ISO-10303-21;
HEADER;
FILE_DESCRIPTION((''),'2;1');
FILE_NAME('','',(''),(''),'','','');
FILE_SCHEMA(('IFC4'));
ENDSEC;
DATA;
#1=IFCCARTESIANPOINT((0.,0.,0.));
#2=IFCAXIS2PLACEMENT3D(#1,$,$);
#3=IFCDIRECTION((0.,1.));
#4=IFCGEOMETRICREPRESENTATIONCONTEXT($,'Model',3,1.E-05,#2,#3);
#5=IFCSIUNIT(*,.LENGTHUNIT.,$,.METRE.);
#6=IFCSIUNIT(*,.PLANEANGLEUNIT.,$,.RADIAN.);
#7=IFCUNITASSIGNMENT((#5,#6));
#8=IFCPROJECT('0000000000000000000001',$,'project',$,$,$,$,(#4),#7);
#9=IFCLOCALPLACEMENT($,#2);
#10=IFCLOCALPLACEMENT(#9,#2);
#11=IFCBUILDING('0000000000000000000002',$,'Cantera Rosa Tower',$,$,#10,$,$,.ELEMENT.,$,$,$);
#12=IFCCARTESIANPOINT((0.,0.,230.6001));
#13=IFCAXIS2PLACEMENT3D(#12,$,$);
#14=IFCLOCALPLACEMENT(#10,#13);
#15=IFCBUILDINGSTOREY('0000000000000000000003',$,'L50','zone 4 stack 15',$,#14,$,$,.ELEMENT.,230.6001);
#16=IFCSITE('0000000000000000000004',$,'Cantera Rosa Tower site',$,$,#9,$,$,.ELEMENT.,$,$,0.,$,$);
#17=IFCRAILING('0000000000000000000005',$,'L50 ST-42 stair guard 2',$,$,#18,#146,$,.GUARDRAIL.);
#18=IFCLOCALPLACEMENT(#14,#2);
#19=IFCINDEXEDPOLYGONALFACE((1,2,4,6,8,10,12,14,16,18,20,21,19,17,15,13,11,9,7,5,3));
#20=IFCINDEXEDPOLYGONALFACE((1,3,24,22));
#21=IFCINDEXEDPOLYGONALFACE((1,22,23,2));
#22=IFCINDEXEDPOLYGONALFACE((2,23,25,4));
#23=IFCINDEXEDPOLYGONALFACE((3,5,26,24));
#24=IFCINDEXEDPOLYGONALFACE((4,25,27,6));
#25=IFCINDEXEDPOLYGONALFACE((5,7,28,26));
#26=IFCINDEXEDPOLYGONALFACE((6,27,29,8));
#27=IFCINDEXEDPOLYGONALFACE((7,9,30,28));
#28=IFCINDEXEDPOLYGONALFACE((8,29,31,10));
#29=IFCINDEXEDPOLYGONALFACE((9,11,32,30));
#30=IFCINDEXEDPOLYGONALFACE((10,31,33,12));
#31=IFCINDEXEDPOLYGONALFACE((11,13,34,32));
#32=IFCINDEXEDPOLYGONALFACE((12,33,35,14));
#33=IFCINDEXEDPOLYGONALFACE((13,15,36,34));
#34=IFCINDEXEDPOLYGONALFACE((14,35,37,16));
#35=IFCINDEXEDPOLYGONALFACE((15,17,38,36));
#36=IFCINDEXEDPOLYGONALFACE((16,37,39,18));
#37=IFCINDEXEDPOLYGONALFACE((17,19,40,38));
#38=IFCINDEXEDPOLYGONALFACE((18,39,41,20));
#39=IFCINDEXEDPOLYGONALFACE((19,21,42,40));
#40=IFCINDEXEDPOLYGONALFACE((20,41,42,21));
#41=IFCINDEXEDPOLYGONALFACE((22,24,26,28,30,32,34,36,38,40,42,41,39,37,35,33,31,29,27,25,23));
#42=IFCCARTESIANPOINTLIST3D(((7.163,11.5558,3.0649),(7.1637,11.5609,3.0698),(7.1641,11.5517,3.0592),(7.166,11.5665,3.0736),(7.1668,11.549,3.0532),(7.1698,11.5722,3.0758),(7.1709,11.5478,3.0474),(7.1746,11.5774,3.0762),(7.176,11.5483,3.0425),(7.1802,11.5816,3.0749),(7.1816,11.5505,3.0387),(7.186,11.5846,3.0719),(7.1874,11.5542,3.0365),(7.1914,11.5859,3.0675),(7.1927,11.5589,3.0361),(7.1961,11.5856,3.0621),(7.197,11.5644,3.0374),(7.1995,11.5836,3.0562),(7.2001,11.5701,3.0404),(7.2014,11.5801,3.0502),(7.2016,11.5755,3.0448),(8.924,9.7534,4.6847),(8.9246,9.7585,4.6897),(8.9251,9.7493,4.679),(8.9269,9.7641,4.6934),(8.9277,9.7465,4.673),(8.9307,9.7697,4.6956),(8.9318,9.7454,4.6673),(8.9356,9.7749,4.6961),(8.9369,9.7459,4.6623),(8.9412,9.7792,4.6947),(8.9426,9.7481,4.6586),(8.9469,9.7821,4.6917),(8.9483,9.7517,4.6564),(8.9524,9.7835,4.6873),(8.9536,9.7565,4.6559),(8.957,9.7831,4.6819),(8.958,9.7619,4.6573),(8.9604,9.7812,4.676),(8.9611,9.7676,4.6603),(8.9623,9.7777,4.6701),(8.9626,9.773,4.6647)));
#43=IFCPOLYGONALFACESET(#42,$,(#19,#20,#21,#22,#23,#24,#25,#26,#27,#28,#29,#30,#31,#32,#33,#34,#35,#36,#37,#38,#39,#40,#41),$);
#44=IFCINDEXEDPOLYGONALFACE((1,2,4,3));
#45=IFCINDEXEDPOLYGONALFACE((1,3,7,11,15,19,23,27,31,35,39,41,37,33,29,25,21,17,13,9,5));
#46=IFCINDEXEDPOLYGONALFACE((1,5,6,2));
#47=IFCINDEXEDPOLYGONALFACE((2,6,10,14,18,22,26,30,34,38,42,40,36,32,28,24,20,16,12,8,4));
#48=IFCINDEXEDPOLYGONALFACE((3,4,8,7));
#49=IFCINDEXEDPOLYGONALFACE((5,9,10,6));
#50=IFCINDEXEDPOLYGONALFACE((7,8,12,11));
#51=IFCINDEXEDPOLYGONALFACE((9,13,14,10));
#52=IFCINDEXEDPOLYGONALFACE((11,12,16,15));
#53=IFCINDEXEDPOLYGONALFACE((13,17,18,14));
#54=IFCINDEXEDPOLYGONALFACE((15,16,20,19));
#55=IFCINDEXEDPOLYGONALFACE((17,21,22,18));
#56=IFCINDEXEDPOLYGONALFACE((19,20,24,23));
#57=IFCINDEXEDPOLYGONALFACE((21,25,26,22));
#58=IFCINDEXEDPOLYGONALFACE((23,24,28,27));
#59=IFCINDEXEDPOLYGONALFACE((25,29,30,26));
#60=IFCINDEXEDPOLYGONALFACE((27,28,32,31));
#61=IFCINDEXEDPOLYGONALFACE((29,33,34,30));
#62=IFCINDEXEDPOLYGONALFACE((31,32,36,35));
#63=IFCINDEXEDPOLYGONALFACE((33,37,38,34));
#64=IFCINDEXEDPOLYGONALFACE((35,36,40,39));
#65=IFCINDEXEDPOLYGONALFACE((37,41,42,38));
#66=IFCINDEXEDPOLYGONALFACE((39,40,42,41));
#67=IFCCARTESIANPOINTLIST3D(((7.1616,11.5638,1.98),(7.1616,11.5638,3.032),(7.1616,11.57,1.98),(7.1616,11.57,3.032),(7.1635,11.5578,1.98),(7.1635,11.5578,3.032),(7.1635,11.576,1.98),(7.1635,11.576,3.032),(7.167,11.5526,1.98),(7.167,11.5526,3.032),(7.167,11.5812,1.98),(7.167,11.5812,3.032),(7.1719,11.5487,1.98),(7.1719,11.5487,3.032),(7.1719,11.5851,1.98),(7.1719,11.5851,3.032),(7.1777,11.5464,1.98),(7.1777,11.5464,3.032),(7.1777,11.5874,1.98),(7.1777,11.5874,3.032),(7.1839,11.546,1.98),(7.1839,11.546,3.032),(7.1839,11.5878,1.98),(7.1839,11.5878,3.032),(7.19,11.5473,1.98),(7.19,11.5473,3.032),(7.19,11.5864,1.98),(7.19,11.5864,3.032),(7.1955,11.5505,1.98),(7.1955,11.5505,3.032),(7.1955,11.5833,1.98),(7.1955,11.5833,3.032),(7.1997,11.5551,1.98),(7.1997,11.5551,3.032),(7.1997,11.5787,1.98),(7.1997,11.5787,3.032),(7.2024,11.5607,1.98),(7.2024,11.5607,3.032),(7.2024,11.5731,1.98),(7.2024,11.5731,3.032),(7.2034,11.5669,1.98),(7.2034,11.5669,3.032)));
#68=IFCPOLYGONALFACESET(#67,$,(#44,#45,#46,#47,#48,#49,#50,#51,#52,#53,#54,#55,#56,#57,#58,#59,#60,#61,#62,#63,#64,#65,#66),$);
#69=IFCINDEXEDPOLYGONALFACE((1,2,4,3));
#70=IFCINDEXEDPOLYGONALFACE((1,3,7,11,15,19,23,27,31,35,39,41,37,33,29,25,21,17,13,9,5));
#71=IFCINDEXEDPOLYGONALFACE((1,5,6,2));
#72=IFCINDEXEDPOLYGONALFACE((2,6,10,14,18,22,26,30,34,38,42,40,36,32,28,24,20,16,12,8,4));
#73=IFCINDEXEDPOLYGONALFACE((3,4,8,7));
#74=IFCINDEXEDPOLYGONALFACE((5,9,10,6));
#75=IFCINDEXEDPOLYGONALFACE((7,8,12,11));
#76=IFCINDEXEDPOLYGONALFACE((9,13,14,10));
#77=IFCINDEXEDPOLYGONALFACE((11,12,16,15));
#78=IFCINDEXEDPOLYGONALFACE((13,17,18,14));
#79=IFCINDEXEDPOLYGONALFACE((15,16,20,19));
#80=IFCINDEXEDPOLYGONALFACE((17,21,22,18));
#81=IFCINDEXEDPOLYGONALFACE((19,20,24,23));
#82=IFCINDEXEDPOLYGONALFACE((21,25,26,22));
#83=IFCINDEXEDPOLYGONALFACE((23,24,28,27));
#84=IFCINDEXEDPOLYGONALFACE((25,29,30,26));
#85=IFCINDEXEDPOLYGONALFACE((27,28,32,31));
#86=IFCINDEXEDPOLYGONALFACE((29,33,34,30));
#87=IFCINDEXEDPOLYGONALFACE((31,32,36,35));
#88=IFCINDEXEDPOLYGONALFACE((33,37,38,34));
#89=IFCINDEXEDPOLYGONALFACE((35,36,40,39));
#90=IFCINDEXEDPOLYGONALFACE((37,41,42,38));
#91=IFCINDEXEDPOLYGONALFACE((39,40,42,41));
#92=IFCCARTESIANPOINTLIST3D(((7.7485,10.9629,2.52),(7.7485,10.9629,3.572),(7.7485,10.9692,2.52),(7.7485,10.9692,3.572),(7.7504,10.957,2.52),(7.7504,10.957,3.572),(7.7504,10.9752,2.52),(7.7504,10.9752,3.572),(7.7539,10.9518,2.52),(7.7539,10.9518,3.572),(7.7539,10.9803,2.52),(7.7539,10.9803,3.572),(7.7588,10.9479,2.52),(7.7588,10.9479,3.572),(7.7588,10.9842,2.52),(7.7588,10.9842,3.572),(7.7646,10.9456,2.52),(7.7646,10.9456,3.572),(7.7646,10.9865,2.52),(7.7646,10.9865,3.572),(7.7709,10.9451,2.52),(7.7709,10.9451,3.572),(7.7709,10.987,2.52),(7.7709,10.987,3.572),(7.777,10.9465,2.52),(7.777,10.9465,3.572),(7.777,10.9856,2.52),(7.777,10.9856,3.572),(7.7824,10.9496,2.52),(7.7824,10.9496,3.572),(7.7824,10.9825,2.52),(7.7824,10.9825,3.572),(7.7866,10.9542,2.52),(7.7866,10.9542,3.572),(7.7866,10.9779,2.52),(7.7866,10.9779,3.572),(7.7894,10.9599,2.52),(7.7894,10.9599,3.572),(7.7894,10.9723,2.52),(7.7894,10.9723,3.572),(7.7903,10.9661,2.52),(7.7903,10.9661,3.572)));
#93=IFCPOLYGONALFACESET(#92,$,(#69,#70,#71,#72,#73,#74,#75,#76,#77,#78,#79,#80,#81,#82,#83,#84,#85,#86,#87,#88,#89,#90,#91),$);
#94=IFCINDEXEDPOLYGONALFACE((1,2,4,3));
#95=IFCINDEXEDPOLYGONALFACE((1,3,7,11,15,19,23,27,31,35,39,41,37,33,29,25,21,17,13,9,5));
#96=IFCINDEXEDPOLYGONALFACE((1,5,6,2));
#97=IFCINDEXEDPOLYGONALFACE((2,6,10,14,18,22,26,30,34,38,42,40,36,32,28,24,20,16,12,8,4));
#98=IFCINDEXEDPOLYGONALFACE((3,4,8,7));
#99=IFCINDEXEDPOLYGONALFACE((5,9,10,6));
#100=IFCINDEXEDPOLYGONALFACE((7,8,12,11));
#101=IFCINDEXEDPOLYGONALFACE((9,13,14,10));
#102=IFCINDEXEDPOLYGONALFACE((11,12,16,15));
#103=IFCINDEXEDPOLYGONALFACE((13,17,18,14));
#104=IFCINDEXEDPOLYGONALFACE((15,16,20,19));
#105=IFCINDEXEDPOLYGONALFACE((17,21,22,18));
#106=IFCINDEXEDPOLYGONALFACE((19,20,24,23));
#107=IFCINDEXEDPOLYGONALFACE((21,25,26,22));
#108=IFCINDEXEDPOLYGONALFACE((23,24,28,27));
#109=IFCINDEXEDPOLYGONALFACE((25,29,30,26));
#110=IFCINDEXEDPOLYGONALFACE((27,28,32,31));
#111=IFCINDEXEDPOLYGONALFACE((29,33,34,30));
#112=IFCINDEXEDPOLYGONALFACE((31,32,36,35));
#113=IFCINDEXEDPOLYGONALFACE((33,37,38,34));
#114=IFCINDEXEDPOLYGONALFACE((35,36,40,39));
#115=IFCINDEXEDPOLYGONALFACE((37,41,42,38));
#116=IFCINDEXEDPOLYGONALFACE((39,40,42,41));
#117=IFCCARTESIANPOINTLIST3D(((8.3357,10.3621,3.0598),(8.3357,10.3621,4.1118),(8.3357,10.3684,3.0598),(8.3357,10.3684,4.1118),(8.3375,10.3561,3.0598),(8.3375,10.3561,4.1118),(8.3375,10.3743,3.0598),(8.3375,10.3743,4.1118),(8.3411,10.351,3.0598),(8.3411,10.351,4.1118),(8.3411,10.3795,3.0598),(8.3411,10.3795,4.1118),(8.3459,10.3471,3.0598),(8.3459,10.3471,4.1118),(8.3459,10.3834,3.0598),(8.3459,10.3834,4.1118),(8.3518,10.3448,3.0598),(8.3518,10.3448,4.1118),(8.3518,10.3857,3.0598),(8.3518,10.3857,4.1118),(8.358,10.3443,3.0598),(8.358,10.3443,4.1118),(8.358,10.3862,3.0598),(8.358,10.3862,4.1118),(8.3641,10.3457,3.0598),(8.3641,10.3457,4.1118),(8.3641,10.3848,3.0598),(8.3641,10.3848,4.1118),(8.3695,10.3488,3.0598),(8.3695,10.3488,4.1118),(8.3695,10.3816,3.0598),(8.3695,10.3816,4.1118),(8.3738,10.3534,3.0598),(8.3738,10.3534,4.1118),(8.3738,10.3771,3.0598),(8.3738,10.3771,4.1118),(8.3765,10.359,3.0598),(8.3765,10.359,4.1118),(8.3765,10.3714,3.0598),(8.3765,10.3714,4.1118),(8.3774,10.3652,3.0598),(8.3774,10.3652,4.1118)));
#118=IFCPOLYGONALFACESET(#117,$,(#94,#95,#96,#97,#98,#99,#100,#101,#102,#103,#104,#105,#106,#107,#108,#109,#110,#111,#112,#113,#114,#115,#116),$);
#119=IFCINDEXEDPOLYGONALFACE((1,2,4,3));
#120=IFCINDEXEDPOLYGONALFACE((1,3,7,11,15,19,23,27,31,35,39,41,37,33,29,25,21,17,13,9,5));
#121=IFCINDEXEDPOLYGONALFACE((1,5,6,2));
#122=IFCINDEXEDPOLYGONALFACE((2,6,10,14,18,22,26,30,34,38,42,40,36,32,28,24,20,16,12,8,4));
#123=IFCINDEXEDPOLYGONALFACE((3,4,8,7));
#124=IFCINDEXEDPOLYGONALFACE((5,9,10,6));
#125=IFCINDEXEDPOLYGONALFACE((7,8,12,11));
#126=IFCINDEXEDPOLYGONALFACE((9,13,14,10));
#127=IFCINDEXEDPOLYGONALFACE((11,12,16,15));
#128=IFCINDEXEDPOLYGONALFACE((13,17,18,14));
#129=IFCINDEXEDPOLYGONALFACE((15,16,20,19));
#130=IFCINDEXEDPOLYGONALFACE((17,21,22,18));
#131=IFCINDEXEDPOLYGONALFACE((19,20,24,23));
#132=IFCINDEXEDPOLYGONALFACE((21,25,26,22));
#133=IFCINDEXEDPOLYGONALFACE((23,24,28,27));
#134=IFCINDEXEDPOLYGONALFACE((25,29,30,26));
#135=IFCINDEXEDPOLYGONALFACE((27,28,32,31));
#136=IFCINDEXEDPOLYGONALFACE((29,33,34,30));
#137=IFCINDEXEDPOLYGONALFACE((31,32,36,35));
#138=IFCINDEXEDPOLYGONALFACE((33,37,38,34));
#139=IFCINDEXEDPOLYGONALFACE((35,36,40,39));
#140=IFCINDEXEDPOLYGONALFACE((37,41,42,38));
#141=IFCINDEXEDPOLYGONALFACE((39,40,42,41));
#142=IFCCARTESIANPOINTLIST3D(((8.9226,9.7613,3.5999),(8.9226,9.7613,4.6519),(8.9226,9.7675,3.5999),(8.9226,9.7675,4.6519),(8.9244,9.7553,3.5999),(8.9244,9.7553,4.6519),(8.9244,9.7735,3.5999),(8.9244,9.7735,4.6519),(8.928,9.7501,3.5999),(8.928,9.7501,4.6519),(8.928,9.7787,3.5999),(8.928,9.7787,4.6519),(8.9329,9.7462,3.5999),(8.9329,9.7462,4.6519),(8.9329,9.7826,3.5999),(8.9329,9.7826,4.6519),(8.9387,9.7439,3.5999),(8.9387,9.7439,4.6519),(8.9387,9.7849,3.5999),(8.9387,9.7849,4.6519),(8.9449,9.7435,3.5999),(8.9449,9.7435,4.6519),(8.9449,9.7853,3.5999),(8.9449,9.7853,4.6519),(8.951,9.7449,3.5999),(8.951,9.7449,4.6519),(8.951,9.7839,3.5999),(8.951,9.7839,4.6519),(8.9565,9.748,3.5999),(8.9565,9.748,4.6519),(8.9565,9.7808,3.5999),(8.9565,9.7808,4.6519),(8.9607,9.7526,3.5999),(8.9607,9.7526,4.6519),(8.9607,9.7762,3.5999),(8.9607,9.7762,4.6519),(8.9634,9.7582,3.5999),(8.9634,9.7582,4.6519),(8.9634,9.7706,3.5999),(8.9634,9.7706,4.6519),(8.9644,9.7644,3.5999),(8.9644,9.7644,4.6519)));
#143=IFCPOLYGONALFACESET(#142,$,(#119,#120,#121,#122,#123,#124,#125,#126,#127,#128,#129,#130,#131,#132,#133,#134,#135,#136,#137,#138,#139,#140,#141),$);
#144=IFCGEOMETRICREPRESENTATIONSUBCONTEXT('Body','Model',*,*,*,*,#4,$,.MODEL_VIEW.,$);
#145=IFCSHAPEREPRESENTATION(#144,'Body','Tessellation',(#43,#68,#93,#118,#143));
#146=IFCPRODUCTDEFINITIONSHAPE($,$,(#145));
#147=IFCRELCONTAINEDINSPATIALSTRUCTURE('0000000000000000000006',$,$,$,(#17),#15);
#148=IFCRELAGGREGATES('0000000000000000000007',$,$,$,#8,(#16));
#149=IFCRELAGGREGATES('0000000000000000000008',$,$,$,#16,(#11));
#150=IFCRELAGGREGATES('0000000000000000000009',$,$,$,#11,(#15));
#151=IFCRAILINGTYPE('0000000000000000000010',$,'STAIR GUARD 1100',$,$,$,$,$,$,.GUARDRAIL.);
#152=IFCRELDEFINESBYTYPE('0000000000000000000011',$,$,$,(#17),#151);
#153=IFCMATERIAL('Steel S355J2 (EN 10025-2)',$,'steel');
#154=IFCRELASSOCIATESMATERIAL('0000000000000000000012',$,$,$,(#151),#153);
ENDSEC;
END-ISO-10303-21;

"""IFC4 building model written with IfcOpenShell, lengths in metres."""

from ifc_helpers import new_model, si_unit, direction, frame, origin, origin_2d, place, context, subcontext, project, spatial, circle, extrude, material, type_object, element, save


model = new_model("IFC4")

# Units and contexts
model_context = context("Model", 3, precision=1e-05, world=origin(), true_north=direction((0.0, 1.0)))
body_context = subcontext(model_context, "Body", "Model", "MODEL_VIEW")
ifc_project = project(units=[si_unit("LENGTHUNIT", "METRE"), si_unit("PLANEANGLEUNIT", "RADIAN")], contexts=[model_context])

# Site, building, storey
site_placement = place(None, origin())
site = spatial("IfcSite", under=ifc_project, at=site_placement, Name="Cantera Rosa Tower site", CompositionType="ELEMENT", RefElevation=0.0)
building_placement = place(site_placement, origin())
building = spatial("IfcBuilding", under=site, at=building_placement, Name="Cantera Rosa Tower", CompositionType="ELEMENT")
storey_placement = place(building_placement, frame((0.0, 0.0, 230.6001)))
storey = spatial("IfcBuildingStorey", under=building, at=storey_placement, Name="L50", Description="zone 4 stack 15", CompositionType="ELEMENT", Elevation=230.6001)

# Railing
ifc_material_1 = material(Name="Steel S355J2 (EN 10025-2)", Category="steel")
railing_type_1 = type_object("IfcRailingType", Name="STAIR GUARD 1100", PredefinedType="GUARDRAIL", material=ifc_material_1)
railing_1_placement = place(storey_placement, frame((7.1824, 11.5669, 1.98)))
element("IfcRailing", 1, at=railing_1_placement, inside=storey, type_object=railing_type_1, Name="L50 ST-42 stair guard 2", PredefinedType="GUARDRAIL", context=body_context, shape_type="SweptSolid", body=[
    extrude(circle(Radius=0.0239, at=origin_2d()), frame((0.0, 0.0, 1.0762), z_axis=(0.587844, -0.601699, 0.540738), x_axis=(0.715294, 0.698824, 0.0)), (0.0, 0.0, 1.0), 2.9956),
    extrude(circle(Radius=0.021, at=origin_2d()), origin(), (0.0, 0.0, 1.0), 1.052),
    extrude(circle(Radius=0.021, at=origin_2d()), frame((0.5869, -0.6008, 0.54)), (0.0, 0.0, 1.0), 1.052),
    extrude(circle(Radius=0.021, at=origin_2d()), frame((1.1741, -1.2017, 1.0798)), (0.0, 0.0, 1.0), 1.052),
    extrude(circle(Radius=0.021, at=origin_2d()), frame((1.761, -1.8025, 1.6199)), (0.0, 0.0, 1.0), 1.052),
])

save(model, "model.ifc")
